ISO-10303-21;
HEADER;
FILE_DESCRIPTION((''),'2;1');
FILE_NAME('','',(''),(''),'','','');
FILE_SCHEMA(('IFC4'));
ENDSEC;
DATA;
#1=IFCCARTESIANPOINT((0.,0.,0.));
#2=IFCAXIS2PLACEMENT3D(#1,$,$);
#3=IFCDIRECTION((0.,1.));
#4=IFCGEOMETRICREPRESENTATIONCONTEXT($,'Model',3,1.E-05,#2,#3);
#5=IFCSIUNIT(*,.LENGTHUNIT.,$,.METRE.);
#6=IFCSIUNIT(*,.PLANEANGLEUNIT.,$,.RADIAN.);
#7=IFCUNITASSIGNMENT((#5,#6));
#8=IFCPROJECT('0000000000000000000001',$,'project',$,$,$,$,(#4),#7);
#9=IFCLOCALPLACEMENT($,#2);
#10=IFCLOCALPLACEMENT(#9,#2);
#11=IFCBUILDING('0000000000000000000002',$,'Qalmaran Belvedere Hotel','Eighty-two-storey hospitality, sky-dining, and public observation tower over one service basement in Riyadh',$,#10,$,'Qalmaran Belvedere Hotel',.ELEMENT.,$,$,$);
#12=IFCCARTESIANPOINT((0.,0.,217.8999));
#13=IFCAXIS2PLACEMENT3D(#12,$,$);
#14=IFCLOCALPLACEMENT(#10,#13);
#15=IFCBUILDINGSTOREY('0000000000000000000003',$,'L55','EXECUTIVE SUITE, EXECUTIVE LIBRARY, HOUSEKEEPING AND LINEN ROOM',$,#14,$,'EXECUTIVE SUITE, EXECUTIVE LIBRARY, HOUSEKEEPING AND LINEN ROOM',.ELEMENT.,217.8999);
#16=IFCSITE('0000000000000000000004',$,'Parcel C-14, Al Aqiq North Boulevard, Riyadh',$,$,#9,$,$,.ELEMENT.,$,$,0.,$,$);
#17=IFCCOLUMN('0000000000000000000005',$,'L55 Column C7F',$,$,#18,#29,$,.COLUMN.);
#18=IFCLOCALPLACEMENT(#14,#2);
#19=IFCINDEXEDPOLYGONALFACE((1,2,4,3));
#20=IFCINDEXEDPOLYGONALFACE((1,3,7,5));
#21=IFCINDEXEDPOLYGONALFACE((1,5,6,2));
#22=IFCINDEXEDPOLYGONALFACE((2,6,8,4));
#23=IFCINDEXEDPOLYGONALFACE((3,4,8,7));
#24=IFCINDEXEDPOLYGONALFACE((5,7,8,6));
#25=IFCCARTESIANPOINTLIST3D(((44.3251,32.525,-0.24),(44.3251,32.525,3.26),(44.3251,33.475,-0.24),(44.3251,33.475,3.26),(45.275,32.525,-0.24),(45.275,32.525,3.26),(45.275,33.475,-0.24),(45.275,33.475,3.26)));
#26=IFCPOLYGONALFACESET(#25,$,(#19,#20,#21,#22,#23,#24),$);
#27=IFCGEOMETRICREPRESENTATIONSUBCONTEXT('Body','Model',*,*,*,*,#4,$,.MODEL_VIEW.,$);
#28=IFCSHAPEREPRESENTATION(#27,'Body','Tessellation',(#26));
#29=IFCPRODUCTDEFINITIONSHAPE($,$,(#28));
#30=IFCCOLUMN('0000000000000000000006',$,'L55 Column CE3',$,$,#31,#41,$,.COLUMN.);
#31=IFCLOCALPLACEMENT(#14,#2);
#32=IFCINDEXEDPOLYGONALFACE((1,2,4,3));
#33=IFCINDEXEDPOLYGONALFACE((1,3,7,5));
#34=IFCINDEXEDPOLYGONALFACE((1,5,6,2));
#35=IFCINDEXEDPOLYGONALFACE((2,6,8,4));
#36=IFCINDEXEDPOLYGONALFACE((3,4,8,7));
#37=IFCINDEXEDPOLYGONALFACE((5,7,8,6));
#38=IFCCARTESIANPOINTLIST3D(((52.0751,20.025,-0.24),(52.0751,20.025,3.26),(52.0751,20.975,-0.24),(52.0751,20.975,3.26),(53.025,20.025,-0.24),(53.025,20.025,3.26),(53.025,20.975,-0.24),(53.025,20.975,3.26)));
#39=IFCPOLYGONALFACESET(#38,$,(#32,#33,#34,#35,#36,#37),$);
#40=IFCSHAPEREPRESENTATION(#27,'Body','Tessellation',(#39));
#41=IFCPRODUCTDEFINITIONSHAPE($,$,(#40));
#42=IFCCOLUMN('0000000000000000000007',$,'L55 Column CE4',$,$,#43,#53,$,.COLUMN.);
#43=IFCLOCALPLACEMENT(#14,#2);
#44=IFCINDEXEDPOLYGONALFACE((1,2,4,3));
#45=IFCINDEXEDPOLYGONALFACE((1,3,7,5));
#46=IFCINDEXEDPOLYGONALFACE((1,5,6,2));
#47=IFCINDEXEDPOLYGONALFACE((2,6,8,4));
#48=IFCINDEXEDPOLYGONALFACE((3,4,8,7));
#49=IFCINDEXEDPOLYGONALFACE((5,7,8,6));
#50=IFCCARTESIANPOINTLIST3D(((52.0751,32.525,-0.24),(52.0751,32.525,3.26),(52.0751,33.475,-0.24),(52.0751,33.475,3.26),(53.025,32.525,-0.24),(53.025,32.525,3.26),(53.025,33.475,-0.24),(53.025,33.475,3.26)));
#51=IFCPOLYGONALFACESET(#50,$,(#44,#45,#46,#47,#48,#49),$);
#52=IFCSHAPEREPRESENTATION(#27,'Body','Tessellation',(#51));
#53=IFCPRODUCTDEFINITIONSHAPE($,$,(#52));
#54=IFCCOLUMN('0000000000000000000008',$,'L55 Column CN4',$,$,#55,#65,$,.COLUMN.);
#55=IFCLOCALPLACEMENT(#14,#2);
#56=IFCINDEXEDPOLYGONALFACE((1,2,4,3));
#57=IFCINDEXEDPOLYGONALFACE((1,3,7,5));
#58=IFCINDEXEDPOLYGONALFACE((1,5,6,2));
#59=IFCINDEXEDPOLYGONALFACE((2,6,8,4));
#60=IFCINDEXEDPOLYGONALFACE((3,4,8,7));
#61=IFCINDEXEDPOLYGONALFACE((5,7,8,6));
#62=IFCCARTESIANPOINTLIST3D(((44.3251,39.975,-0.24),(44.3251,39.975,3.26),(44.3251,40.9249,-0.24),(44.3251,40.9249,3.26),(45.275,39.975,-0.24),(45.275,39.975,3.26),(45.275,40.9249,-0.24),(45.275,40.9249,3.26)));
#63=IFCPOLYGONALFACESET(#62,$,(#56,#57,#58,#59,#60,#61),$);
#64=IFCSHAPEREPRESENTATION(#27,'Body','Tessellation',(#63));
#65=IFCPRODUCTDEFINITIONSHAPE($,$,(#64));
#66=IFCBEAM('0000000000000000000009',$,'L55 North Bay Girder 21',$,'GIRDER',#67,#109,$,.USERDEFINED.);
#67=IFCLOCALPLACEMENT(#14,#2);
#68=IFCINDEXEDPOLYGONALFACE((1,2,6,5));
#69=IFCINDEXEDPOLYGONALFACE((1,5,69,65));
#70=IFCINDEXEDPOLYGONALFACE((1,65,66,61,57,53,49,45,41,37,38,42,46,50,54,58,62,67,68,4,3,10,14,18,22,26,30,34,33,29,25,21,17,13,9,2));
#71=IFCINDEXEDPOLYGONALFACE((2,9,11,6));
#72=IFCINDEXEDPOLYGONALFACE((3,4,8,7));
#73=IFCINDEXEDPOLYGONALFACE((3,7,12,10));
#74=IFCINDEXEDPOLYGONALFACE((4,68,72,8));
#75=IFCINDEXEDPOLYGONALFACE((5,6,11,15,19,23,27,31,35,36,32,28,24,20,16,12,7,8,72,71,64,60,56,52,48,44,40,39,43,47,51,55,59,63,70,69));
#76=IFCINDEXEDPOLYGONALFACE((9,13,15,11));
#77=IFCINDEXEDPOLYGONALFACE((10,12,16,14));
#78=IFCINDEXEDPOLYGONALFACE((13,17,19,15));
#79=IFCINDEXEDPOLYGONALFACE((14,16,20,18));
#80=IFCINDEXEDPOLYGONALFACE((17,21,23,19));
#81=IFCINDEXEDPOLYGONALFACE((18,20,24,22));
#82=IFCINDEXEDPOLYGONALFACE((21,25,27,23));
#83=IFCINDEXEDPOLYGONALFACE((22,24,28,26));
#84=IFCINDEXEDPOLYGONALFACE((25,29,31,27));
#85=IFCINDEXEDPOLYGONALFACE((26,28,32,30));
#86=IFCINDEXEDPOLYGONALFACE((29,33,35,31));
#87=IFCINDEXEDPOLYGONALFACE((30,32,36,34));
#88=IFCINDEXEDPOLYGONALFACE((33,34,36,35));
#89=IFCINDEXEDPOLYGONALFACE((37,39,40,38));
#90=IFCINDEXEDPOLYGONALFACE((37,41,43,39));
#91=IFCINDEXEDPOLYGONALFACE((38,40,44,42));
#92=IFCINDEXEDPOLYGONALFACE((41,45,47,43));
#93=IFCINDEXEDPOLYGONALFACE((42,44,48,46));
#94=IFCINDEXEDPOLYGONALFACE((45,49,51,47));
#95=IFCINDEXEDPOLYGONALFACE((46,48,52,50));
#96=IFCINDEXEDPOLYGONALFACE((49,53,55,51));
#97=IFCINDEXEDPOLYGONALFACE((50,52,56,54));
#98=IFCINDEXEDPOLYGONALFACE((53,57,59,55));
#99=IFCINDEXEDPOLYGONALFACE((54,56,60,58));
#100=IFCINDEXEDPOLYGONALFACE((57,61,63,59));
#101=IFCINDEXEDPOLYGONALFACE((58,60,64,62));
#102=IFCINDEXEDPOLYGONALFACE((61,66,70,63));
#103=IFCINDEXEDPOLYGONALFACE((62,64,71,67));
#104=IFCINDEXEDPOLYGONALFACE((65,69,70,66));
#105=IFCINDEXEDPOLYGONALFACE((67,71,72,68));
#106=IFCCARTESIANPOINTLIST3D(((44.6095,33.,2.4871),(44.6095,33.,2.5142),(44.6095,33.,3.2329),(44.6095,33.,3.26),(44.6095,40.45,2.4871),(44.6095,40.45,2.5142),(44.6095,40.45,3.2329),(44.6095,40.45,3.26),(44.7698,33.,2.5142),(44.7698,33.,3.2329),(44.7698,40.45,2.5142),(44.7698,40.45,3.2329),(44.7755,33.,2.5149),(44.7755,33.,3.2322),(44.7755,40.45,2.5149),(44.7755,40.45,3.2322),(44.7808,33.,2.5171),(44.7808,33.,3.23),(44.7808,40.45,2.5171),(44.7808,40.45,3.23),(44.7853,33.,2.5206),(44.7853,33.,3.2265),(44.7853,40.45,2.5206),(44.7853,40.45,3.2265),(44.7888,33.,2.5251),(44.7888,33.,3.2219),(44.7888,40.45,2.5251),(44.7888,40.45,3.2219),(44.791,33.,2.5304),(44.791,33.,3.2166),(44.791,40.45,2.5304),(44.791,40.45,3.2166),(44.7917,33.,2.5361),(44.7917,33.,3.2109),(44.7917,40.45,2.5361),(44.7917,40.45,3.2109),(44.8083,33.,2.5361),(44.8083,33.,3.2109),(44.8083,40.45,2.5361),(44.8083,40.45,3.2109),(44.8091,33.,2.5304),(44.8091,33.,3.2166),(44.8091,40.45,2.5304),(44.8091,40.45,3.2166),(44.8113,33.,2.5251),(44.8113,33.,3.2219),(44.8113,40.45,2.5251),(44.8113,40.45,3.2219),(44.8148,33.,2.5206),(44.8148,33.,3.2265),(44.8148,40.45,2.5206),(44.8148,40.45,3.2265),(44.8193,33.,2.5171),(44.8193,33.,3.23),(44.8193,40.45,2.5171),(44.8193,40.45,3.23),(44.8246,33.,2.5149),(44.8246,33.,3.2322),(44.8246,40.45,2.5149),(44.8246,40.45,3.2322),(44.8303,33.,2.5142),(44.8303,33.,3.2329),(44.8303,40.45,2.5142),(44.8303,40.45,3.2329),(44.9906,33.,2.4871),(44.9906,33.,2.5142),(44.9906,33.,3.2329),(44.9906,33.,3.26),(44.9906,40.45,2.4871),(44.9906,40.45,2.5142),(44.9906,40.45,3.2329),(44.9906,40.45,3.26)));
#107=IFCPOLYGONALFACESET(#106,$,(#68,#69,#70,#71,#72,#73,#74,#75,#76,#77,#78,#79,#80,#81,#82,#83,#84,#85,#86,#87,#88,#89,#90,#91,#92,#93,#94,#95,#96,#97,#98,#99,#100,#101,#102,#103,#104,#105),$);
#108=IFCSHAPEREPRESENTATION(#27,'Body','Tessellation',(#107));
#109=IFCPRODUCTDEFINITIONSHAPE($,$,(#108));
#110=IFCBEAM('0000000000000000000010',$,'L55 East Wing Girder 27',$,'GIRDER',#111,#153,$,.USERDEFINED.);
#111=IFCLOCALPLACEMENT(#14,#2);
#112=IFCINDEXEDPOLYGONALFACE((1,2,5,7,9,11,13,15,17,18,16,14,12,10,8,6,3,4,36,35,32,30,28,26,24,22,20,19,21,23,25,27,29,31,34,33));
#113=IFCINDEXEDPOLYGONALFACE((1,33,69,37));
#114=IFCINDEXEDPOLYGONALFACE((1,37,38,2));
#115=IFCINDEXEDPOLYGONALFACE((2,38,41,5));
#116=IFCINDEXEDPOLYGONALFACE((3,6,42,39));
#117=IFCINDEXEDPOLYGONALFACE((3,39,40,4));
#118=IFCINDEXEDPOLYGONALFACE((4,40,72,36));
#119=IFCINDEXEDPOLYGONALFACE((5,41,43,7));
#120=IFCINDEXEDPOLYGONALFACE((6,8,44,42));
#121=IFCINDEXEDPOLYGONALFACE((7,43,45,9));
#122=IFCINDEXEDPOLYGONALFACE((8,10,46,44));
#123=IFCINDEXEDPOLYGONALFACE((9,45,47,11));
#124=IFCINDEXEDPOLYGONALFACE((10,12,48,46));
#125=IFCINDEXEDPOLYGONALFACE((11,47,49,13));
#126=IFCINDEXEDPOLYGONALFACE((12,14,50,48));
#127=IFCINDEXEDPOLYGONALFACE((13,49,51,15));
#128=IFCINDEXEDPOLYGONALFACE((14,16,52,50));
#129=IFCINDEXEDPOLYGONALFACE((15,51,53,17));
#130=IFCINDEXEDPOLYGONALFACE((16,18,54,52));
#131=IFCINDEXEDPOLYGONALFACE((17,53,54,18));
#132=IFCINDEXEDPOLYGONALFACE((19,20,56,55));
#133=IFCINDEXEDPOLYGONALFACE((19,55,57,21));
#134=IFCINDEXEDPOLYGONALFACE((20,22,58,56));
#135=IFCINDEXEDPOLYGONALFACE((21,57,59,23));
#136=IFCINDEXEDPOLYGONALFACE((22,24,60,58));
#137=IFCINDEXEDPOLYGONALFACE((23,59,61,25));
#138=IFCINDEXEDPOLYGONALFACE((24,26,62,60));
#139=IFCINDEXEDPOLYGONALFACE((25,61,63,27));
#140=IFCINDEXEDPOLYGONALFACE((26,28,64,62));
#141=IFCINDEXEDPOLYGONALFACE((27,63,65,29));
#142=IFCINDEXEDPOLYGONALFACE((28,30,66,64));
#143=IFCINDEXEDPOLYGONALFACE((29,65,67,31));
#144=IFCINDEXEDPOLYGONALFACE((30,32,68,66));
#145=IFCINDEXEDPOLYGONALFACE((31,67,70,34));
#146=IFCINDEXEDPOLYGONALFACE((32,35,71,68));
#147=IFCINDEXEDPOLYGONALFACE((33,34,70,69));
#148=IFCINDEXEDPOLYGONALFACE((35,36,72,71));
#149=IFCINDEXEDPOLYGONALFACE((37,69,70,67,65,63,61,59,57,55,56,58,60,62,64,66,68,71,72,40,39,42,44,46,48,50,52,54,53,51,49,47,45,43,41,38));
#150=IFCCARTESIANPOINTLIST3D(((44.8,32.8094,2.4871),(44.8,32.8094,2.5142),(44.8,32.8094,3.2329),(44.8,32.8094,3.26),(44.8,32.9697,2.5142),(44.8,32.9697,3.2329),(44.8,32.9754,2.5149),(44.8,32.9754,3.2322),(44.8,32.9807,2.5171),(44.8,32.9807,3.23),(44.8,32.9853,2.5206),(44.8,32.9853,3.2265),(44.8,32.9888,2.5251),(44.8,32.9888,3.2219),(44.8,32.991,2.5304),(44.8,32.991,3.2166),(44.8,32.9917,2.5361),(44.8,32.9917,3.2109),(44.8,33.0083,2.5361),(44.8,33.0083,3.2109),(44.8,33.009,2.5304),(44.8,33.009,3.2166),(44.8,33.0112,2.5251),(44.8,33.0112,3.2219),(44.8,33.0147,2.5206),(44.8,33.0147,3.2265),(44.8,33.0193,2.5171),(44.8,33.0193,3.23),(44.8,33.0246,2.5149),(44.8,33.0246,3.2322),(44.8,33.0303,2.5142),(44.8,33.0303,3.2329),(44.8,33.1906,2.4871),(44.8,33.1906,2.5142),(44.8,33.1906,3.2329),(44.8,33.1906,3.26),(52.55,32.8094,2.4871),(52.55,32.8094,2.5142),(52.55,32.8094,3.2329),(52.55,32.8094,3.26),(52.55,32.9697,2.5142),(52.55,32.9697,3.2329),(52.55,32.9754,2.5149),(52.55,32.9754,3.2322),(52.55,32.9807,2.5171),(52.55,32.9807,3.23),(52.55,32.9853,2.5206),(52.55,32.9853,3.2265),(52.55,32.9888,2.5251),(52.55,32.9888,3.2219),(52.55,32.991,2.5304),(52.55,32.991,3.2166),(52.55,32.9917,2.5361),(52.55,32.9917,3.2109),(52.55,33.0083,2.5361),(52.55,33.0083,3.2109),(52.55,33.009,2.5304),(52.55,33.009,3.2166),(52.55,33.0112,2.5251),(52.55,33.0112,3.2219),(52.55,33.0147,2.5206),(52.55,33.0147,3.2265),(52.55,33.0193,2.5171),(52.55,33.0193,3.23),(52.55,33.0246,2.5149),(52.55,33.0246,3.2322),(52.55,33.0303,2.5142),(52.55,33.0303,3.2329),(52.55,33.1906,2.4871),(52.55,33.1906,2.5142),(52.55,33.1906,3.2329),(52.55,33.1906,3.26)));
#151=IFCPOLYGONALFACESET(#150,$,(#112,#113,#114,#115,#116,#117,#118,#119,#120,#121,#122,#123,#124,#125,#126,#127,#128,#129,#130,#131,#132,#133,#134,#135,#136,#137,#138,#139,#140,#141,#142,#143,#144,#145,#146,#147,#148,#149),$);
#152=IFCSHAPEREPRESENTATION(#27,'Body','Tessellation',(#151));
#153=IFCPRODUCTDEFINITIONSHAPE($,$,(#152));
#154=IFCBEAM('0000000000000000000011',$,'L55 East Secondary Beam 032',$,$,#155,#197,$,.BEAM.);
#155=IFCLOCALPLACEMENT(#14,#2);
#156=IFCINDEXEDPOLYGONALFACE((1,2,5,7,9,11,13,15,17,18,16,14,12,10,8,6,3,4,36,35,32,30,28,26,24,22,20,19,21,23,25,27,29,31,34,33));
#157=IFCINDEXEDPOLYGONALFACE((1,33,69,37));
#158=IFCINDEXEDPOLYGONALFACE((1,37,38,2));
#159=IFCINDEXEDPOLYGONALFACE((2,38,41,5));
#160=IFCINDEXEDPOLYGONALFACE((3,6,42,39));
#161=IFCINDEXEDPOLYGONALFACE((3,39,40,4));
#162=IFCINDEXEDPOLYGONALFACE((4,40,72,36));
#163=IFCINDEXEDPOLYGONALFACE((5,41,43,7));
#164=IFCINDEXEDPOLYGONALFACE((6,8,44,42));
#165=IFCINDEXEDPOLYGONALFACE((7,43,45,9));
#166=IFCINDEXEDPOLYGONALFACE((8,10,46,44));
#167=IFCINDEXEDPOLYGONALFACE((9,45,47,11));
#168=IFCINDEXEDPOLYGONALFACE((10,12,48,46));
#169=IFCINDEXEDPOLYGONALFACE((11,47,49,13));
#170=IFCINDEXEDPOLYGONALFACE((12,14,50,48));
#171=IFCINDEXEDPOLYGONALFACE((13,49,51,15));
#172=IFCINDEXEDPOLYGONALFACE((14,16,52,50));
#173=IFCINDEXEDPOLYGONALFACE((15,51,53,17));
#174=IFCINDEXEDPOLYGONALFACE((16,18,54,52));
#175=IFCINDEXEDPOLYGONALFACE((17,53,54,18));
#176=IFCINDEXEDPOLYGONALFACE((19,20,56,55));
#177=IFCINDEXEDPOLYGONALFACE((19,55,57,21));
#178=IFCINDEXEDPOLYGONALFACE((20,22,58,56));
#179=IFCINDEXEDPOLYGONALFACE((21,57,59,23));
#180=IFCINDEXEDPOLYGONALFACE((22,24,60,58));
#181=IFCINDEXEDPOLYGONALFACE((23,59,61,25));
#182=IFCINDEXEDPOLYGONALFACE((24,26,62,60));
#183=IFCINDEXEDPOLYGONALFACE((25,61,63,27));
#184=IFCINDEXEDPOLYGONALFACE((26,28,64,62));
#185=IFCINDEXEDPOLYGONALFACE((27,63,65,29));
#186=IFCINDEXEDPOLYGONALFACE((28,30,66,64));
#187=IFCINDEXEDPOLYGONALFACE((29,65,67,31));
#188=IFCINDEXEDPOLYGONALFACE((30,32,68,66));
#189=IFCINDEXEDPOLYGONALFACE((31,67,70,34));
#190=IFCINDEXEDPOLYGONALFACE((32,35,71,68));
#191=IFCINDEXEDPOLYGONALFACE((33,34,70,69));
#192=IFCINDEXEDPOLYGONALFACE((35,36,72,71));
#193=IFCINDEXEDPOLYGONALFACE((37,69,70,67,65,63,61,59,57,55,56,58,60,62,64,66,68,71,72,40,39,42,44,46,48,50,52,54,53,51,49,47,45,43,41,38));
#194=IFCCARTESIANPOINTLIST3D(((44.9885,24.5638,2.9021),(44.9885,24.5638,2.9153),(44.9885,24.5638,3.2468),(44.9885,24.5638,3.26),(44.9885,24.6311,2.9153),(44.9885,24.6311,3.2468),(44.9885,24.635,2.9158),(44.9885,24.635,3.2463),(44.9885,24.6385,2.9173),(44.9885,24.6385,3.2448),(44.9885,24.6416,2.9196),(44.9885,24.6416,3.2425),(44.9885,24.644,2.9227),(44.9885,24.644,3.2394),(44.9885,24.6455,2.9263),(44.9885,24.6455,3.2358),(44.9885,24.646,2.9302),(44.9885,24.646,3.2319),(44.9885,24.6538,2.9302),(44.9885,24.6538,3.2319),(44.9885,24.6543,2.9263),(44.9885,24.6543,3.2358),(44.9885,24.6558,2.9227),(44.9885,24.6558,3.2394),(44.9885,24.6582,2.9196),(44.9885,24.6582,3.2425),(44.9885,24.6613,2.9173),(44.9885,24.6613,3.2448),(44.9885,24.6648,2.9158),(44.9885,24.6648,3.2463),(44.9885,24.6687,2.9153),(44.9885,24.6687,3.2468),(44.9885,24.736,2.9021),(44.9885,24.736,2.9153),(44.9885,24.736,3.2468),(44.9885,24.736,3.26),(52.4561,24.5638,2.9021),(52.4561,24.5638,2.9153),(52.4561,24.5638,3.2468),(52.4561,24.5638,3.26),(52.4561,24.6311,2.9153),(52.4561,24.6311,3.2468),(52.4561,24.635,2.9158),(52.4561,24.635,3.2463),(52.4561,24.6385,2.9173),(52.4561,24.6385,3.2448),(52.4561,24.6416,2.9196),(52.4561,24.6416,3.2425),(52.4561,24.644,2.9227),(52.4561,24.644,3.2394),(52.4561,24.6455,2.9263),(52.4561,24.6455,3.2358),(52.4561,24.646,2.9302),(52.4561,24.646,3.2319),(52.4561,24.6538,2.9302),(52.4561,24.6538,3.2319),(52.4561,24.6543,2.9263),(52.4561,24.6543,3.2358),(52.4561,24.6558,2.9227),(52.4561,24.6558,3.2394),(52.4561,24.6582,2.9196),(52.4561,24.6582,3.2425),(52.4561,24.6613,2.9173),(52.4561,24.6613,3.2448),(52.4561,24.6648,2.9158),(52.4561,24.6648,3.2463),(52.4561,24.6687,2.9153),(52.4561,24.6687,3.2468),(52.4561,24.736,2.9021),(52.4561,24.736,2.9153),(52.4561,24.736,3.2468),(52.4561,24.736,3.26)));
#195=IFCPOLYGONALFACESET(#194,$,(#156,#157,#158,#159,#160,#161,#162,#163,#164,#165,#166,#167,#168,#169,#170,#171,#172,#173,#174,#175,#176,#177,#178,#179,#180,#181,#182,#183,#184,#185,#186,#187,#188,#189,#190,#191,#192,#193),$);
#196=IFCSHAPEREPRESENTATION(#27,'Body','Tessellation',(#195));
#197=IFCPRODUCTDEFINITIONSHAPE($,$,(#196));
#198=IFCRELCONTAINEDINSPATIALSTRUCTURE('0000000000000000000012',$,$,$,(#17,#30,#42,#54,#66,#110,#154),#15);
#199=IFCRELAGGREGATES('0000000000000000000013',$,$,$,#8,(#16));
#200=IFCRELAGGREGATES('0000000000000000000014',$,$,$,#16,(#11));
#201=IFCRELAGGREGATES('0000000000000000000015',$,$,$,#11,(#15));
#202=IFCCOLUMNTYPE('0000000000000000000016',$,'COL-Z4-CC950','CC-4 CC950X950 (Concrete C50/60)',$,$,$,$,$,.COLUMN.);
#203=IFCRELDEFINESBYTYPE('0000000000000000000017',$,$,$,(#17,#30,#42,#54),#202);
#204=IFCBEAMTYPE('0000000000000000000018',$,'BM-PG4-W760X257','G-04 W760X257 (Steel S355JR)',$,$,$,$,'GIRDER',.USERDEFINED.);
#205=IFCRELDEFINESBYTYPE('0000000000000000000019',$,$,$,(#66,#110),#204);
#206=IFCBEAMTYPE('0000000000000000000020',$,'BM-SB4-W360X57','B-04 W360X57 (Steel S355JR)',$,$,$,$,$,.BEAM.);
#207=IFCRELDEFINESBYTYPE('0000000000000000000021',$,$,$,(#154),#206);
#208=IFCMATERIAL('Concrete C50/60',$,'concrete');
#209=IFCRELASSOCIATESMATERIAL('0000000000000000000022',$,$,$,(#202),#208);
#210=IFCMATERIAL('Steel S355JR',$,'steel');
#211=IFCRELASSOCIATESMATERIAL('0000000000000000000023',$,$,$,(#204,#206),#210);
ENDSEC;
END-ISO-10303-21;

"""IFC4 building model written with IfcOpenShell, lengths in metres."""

from ifc_helpers import new_model, si_unit, direction, frame, origin, origin_2d, place, context, subcontext, project, spatial, rectangle, i_section, extrude, material, material_profile, profile_set, type_object, element, save


model = new_model("IFC4")

# Units and contexts
model_context = context("Model", 3, precision=1e-05, world=origin(), true_north=direction((0.0, 1.0)))
body_context = subcontext(model_context, "Body", "Model", "MODEL_VIEW")
ifc_project = project(units=[si_unit("LENGTHUNIT", "METRE"), si_unit("PLANEANGLEUNIT", "RADIAN")], contexts=[model_context])

# Site, building, storey
site_placement = place(None, origin())
site = spatial("IfcSite", under=ifc_project, at=site_placement, Name="Parcel C-14, Al Aqiq North Boulevard, Riyadh", CompositionType="ELEMENT", RefElevation=0.0)
building_placement = place(site_placement, origin())
building = spatial("IfcBuilding", under=site, at=building_placement, Name="Qalmaran Belvedere Hotel", Description="Eighty-two-storey hospitality, sky-dining, and public observation tower over one service basement in Riyadh", LongName="Qalmaran Belvedere Hotel", CompositionType="ELEMENT")
storey_placement = place(building_placement, frame((0.0, 0.0, 217.8999)))
storey = spatial("IfcBuildingStorey", under=building, at=storey_placement, Name="L55", Description="EXECUTIVE SUITE, EXECUTIVE LIBRARY, HOUSEKEEPING AND LINEN ROOM", LongName="EXECUTIVE SUITE, EXECUTIVE LIBRARY, HOUSEKEEPING AND LINEN ROOM", CompositionType="ELEMENT", Elevation=217.8999)

# Columns
ifc_material_1 = material(Name="Concrete C50/60", Category="concrete")
ifc_material_profile_1 = material_profile(ifc_material_1, rectangle(XDim=0.95, YDim=0.95, at=origin_2d()), Name="CC950X950")
ifc_profile_set_1 = profile_set([ifc_material_profile_1], Name="Concrete C50/60")
column_type = type_object("IfcColumnType", Name="COL-Z4-CC950", Description="CC-4 CC950X950 (Concrete C50/60)", PredefinedType="COLUMN", material=ifc_profile_set_1)
for number, where, z_axis, x_axis, name in (
    (1, (44.8, 33.0, -0.24), (0.0, 0.0, 1.0), (1.0, 0.0, 0.0), "L55 Column C7F"),
    (2, (52.55, 20.5, -0.24), (0.0, 0.0, 1.0), (1.0, 0.0, 0.0), "L55 Column CE3"),
    (3, (52.55, 33.0, -0.24), (0.0, 0.0, 1.0), (1.0, 0.0, 0.0), "L55 Column CE4"),
    (4, (44.8, 40.45, -0.24), (0.0, 0.0, 1.0), (1.0, 0.0, 0.0), "L55 Column CN4"),
):
    element("IfcColumn", number, at=place(storey_placement, frame(where, z_axis=z_axis, x_axis=x_axis)), inside=storey, type_object=column_type, Name=name, PredefinedType="COLUMN", context=body_context, shape_type="SweptSolid", body=[
        extrude(rectangle(XDim=0.95, YDim=0.95, at=origin_2d()), origin(), (0.0, 0.0, 1.0), 3.5),
    ])

# Beams
ifc_material_2 = material(Name="Steel S355JR", Category="steel")
ifc_material_profile_2 = material_profile(ifc_material_2, i_section(OverallWidth=0.3811, OverallDepth=0.7729, WebThickness=0.0166, FlangeThickness=0.0271, FilletRadius=0.022, at=origin_2d()), Name="W760X257")
ifc_profile_set_2 = profile_set([ifc_material_profile_2], Name="Steel S355JR")
beam_type_1 = type_object("IfcBeamType", Name="BM-PG4-W760X257", Description="G-04 W760X257 (Steel S355JR)", ElementType="GIRDER", PredefinedType="USERDEFINED", material=ifc_profile_set_2)
beam_1_placement = place(storey_placement, frame((44.8, 33.0, 2.8735), z_axis=(0.0, 1.0, 0.0), x_axis=(-1.0, 0.0, 0.0)))
element("IfcBeam", 5, at=beam_1_placement, inside=storey, type_object=beam_type_1, Name="L55 North Bay Girder 21", ObjectType="GIRDER", PredefinedType="USERDEFINED", context=body_context, shape_type="SweptSolid", body=[
    extrude(i_section(OverallWidth=0.3811, OverallDepth=0.7729, WebThickness=0.0166, FlangeThickness=0.0271, FilletRadius=0.022, at=origin_2d()), origin(), (0.0, 0.0, 1.0), 7.45),
])
beam_2_placement = place(storey_placement, frame((44.8, 33.0, 2.8735), z_axis=(1.0, 0.0, 0.0), x_axis=(0.0, 1.0, 0.0)))
element("IfcBeam", 6, at=beam_2_placement, inside=storey, type_object=beam_type_1, Name="L55 East Wing Girder 27", ObjectType="GIRDER", PredefinedType="USERDEFINED", context=body_context, shape_type="SweptSolid", body=[
    extrude(i_section(OverallWidth=0.3811, OverallDepth=0.7729, WebThickness=0.0166, FlangeThickness=0.0271, FilletRadius=0.022, at=origin_2d()), origin(), (0.0, 0.0, 1.0), 7.75),
])
ifc_material_profile_3 = material_profile(ifc_material_2, i_section(OverallWidth=0.1721, OverallDepth=0.3579, WebThickness=0.0078, FlangeThickness=0.0132, FilletRadius=0.0149, at=origin_2d()), Name="W360X57")
ifc_profile_set_3 = profile_set([ifc_material_profile_3], Name="Steel S355JR")
beam_type_2 = type_object("IfcBeamType", Name="BM-SB4-W360X57", Description="B-04 W360X57 (Steel S355JR)", PredefinedType="BEAM", material=ifc_profile_set_3)
for number, where, z_axis, x_axis, name in (
    (7, (44.9885, 24.6499, 3.0811), (1.0, 0.0, 0.0), (0.0, 1.0, 0.0), "L55 East Secondary Beam 032"),
):
    element("IfcBeam", number, at=place(storey_placement, frame(where, z_axis=z_axis, x_axis=x_axis)), inside=storey, type_object=beam_type_2, Name=name, PredefinedType="BEAM", context=body_context, shape_type="SweptSolid", body=[
        extrude(i_section(OverallWidth=0.1721, OverallDepth=0.3579, WebThickness=0.0078, FlangeThickness=0.0132, FilletRadius=0.0149, at=origin_2d()), origin(), (0.0, 0.0, 1.0), 7.4675),
    ])

save(model, "model.ifc")
